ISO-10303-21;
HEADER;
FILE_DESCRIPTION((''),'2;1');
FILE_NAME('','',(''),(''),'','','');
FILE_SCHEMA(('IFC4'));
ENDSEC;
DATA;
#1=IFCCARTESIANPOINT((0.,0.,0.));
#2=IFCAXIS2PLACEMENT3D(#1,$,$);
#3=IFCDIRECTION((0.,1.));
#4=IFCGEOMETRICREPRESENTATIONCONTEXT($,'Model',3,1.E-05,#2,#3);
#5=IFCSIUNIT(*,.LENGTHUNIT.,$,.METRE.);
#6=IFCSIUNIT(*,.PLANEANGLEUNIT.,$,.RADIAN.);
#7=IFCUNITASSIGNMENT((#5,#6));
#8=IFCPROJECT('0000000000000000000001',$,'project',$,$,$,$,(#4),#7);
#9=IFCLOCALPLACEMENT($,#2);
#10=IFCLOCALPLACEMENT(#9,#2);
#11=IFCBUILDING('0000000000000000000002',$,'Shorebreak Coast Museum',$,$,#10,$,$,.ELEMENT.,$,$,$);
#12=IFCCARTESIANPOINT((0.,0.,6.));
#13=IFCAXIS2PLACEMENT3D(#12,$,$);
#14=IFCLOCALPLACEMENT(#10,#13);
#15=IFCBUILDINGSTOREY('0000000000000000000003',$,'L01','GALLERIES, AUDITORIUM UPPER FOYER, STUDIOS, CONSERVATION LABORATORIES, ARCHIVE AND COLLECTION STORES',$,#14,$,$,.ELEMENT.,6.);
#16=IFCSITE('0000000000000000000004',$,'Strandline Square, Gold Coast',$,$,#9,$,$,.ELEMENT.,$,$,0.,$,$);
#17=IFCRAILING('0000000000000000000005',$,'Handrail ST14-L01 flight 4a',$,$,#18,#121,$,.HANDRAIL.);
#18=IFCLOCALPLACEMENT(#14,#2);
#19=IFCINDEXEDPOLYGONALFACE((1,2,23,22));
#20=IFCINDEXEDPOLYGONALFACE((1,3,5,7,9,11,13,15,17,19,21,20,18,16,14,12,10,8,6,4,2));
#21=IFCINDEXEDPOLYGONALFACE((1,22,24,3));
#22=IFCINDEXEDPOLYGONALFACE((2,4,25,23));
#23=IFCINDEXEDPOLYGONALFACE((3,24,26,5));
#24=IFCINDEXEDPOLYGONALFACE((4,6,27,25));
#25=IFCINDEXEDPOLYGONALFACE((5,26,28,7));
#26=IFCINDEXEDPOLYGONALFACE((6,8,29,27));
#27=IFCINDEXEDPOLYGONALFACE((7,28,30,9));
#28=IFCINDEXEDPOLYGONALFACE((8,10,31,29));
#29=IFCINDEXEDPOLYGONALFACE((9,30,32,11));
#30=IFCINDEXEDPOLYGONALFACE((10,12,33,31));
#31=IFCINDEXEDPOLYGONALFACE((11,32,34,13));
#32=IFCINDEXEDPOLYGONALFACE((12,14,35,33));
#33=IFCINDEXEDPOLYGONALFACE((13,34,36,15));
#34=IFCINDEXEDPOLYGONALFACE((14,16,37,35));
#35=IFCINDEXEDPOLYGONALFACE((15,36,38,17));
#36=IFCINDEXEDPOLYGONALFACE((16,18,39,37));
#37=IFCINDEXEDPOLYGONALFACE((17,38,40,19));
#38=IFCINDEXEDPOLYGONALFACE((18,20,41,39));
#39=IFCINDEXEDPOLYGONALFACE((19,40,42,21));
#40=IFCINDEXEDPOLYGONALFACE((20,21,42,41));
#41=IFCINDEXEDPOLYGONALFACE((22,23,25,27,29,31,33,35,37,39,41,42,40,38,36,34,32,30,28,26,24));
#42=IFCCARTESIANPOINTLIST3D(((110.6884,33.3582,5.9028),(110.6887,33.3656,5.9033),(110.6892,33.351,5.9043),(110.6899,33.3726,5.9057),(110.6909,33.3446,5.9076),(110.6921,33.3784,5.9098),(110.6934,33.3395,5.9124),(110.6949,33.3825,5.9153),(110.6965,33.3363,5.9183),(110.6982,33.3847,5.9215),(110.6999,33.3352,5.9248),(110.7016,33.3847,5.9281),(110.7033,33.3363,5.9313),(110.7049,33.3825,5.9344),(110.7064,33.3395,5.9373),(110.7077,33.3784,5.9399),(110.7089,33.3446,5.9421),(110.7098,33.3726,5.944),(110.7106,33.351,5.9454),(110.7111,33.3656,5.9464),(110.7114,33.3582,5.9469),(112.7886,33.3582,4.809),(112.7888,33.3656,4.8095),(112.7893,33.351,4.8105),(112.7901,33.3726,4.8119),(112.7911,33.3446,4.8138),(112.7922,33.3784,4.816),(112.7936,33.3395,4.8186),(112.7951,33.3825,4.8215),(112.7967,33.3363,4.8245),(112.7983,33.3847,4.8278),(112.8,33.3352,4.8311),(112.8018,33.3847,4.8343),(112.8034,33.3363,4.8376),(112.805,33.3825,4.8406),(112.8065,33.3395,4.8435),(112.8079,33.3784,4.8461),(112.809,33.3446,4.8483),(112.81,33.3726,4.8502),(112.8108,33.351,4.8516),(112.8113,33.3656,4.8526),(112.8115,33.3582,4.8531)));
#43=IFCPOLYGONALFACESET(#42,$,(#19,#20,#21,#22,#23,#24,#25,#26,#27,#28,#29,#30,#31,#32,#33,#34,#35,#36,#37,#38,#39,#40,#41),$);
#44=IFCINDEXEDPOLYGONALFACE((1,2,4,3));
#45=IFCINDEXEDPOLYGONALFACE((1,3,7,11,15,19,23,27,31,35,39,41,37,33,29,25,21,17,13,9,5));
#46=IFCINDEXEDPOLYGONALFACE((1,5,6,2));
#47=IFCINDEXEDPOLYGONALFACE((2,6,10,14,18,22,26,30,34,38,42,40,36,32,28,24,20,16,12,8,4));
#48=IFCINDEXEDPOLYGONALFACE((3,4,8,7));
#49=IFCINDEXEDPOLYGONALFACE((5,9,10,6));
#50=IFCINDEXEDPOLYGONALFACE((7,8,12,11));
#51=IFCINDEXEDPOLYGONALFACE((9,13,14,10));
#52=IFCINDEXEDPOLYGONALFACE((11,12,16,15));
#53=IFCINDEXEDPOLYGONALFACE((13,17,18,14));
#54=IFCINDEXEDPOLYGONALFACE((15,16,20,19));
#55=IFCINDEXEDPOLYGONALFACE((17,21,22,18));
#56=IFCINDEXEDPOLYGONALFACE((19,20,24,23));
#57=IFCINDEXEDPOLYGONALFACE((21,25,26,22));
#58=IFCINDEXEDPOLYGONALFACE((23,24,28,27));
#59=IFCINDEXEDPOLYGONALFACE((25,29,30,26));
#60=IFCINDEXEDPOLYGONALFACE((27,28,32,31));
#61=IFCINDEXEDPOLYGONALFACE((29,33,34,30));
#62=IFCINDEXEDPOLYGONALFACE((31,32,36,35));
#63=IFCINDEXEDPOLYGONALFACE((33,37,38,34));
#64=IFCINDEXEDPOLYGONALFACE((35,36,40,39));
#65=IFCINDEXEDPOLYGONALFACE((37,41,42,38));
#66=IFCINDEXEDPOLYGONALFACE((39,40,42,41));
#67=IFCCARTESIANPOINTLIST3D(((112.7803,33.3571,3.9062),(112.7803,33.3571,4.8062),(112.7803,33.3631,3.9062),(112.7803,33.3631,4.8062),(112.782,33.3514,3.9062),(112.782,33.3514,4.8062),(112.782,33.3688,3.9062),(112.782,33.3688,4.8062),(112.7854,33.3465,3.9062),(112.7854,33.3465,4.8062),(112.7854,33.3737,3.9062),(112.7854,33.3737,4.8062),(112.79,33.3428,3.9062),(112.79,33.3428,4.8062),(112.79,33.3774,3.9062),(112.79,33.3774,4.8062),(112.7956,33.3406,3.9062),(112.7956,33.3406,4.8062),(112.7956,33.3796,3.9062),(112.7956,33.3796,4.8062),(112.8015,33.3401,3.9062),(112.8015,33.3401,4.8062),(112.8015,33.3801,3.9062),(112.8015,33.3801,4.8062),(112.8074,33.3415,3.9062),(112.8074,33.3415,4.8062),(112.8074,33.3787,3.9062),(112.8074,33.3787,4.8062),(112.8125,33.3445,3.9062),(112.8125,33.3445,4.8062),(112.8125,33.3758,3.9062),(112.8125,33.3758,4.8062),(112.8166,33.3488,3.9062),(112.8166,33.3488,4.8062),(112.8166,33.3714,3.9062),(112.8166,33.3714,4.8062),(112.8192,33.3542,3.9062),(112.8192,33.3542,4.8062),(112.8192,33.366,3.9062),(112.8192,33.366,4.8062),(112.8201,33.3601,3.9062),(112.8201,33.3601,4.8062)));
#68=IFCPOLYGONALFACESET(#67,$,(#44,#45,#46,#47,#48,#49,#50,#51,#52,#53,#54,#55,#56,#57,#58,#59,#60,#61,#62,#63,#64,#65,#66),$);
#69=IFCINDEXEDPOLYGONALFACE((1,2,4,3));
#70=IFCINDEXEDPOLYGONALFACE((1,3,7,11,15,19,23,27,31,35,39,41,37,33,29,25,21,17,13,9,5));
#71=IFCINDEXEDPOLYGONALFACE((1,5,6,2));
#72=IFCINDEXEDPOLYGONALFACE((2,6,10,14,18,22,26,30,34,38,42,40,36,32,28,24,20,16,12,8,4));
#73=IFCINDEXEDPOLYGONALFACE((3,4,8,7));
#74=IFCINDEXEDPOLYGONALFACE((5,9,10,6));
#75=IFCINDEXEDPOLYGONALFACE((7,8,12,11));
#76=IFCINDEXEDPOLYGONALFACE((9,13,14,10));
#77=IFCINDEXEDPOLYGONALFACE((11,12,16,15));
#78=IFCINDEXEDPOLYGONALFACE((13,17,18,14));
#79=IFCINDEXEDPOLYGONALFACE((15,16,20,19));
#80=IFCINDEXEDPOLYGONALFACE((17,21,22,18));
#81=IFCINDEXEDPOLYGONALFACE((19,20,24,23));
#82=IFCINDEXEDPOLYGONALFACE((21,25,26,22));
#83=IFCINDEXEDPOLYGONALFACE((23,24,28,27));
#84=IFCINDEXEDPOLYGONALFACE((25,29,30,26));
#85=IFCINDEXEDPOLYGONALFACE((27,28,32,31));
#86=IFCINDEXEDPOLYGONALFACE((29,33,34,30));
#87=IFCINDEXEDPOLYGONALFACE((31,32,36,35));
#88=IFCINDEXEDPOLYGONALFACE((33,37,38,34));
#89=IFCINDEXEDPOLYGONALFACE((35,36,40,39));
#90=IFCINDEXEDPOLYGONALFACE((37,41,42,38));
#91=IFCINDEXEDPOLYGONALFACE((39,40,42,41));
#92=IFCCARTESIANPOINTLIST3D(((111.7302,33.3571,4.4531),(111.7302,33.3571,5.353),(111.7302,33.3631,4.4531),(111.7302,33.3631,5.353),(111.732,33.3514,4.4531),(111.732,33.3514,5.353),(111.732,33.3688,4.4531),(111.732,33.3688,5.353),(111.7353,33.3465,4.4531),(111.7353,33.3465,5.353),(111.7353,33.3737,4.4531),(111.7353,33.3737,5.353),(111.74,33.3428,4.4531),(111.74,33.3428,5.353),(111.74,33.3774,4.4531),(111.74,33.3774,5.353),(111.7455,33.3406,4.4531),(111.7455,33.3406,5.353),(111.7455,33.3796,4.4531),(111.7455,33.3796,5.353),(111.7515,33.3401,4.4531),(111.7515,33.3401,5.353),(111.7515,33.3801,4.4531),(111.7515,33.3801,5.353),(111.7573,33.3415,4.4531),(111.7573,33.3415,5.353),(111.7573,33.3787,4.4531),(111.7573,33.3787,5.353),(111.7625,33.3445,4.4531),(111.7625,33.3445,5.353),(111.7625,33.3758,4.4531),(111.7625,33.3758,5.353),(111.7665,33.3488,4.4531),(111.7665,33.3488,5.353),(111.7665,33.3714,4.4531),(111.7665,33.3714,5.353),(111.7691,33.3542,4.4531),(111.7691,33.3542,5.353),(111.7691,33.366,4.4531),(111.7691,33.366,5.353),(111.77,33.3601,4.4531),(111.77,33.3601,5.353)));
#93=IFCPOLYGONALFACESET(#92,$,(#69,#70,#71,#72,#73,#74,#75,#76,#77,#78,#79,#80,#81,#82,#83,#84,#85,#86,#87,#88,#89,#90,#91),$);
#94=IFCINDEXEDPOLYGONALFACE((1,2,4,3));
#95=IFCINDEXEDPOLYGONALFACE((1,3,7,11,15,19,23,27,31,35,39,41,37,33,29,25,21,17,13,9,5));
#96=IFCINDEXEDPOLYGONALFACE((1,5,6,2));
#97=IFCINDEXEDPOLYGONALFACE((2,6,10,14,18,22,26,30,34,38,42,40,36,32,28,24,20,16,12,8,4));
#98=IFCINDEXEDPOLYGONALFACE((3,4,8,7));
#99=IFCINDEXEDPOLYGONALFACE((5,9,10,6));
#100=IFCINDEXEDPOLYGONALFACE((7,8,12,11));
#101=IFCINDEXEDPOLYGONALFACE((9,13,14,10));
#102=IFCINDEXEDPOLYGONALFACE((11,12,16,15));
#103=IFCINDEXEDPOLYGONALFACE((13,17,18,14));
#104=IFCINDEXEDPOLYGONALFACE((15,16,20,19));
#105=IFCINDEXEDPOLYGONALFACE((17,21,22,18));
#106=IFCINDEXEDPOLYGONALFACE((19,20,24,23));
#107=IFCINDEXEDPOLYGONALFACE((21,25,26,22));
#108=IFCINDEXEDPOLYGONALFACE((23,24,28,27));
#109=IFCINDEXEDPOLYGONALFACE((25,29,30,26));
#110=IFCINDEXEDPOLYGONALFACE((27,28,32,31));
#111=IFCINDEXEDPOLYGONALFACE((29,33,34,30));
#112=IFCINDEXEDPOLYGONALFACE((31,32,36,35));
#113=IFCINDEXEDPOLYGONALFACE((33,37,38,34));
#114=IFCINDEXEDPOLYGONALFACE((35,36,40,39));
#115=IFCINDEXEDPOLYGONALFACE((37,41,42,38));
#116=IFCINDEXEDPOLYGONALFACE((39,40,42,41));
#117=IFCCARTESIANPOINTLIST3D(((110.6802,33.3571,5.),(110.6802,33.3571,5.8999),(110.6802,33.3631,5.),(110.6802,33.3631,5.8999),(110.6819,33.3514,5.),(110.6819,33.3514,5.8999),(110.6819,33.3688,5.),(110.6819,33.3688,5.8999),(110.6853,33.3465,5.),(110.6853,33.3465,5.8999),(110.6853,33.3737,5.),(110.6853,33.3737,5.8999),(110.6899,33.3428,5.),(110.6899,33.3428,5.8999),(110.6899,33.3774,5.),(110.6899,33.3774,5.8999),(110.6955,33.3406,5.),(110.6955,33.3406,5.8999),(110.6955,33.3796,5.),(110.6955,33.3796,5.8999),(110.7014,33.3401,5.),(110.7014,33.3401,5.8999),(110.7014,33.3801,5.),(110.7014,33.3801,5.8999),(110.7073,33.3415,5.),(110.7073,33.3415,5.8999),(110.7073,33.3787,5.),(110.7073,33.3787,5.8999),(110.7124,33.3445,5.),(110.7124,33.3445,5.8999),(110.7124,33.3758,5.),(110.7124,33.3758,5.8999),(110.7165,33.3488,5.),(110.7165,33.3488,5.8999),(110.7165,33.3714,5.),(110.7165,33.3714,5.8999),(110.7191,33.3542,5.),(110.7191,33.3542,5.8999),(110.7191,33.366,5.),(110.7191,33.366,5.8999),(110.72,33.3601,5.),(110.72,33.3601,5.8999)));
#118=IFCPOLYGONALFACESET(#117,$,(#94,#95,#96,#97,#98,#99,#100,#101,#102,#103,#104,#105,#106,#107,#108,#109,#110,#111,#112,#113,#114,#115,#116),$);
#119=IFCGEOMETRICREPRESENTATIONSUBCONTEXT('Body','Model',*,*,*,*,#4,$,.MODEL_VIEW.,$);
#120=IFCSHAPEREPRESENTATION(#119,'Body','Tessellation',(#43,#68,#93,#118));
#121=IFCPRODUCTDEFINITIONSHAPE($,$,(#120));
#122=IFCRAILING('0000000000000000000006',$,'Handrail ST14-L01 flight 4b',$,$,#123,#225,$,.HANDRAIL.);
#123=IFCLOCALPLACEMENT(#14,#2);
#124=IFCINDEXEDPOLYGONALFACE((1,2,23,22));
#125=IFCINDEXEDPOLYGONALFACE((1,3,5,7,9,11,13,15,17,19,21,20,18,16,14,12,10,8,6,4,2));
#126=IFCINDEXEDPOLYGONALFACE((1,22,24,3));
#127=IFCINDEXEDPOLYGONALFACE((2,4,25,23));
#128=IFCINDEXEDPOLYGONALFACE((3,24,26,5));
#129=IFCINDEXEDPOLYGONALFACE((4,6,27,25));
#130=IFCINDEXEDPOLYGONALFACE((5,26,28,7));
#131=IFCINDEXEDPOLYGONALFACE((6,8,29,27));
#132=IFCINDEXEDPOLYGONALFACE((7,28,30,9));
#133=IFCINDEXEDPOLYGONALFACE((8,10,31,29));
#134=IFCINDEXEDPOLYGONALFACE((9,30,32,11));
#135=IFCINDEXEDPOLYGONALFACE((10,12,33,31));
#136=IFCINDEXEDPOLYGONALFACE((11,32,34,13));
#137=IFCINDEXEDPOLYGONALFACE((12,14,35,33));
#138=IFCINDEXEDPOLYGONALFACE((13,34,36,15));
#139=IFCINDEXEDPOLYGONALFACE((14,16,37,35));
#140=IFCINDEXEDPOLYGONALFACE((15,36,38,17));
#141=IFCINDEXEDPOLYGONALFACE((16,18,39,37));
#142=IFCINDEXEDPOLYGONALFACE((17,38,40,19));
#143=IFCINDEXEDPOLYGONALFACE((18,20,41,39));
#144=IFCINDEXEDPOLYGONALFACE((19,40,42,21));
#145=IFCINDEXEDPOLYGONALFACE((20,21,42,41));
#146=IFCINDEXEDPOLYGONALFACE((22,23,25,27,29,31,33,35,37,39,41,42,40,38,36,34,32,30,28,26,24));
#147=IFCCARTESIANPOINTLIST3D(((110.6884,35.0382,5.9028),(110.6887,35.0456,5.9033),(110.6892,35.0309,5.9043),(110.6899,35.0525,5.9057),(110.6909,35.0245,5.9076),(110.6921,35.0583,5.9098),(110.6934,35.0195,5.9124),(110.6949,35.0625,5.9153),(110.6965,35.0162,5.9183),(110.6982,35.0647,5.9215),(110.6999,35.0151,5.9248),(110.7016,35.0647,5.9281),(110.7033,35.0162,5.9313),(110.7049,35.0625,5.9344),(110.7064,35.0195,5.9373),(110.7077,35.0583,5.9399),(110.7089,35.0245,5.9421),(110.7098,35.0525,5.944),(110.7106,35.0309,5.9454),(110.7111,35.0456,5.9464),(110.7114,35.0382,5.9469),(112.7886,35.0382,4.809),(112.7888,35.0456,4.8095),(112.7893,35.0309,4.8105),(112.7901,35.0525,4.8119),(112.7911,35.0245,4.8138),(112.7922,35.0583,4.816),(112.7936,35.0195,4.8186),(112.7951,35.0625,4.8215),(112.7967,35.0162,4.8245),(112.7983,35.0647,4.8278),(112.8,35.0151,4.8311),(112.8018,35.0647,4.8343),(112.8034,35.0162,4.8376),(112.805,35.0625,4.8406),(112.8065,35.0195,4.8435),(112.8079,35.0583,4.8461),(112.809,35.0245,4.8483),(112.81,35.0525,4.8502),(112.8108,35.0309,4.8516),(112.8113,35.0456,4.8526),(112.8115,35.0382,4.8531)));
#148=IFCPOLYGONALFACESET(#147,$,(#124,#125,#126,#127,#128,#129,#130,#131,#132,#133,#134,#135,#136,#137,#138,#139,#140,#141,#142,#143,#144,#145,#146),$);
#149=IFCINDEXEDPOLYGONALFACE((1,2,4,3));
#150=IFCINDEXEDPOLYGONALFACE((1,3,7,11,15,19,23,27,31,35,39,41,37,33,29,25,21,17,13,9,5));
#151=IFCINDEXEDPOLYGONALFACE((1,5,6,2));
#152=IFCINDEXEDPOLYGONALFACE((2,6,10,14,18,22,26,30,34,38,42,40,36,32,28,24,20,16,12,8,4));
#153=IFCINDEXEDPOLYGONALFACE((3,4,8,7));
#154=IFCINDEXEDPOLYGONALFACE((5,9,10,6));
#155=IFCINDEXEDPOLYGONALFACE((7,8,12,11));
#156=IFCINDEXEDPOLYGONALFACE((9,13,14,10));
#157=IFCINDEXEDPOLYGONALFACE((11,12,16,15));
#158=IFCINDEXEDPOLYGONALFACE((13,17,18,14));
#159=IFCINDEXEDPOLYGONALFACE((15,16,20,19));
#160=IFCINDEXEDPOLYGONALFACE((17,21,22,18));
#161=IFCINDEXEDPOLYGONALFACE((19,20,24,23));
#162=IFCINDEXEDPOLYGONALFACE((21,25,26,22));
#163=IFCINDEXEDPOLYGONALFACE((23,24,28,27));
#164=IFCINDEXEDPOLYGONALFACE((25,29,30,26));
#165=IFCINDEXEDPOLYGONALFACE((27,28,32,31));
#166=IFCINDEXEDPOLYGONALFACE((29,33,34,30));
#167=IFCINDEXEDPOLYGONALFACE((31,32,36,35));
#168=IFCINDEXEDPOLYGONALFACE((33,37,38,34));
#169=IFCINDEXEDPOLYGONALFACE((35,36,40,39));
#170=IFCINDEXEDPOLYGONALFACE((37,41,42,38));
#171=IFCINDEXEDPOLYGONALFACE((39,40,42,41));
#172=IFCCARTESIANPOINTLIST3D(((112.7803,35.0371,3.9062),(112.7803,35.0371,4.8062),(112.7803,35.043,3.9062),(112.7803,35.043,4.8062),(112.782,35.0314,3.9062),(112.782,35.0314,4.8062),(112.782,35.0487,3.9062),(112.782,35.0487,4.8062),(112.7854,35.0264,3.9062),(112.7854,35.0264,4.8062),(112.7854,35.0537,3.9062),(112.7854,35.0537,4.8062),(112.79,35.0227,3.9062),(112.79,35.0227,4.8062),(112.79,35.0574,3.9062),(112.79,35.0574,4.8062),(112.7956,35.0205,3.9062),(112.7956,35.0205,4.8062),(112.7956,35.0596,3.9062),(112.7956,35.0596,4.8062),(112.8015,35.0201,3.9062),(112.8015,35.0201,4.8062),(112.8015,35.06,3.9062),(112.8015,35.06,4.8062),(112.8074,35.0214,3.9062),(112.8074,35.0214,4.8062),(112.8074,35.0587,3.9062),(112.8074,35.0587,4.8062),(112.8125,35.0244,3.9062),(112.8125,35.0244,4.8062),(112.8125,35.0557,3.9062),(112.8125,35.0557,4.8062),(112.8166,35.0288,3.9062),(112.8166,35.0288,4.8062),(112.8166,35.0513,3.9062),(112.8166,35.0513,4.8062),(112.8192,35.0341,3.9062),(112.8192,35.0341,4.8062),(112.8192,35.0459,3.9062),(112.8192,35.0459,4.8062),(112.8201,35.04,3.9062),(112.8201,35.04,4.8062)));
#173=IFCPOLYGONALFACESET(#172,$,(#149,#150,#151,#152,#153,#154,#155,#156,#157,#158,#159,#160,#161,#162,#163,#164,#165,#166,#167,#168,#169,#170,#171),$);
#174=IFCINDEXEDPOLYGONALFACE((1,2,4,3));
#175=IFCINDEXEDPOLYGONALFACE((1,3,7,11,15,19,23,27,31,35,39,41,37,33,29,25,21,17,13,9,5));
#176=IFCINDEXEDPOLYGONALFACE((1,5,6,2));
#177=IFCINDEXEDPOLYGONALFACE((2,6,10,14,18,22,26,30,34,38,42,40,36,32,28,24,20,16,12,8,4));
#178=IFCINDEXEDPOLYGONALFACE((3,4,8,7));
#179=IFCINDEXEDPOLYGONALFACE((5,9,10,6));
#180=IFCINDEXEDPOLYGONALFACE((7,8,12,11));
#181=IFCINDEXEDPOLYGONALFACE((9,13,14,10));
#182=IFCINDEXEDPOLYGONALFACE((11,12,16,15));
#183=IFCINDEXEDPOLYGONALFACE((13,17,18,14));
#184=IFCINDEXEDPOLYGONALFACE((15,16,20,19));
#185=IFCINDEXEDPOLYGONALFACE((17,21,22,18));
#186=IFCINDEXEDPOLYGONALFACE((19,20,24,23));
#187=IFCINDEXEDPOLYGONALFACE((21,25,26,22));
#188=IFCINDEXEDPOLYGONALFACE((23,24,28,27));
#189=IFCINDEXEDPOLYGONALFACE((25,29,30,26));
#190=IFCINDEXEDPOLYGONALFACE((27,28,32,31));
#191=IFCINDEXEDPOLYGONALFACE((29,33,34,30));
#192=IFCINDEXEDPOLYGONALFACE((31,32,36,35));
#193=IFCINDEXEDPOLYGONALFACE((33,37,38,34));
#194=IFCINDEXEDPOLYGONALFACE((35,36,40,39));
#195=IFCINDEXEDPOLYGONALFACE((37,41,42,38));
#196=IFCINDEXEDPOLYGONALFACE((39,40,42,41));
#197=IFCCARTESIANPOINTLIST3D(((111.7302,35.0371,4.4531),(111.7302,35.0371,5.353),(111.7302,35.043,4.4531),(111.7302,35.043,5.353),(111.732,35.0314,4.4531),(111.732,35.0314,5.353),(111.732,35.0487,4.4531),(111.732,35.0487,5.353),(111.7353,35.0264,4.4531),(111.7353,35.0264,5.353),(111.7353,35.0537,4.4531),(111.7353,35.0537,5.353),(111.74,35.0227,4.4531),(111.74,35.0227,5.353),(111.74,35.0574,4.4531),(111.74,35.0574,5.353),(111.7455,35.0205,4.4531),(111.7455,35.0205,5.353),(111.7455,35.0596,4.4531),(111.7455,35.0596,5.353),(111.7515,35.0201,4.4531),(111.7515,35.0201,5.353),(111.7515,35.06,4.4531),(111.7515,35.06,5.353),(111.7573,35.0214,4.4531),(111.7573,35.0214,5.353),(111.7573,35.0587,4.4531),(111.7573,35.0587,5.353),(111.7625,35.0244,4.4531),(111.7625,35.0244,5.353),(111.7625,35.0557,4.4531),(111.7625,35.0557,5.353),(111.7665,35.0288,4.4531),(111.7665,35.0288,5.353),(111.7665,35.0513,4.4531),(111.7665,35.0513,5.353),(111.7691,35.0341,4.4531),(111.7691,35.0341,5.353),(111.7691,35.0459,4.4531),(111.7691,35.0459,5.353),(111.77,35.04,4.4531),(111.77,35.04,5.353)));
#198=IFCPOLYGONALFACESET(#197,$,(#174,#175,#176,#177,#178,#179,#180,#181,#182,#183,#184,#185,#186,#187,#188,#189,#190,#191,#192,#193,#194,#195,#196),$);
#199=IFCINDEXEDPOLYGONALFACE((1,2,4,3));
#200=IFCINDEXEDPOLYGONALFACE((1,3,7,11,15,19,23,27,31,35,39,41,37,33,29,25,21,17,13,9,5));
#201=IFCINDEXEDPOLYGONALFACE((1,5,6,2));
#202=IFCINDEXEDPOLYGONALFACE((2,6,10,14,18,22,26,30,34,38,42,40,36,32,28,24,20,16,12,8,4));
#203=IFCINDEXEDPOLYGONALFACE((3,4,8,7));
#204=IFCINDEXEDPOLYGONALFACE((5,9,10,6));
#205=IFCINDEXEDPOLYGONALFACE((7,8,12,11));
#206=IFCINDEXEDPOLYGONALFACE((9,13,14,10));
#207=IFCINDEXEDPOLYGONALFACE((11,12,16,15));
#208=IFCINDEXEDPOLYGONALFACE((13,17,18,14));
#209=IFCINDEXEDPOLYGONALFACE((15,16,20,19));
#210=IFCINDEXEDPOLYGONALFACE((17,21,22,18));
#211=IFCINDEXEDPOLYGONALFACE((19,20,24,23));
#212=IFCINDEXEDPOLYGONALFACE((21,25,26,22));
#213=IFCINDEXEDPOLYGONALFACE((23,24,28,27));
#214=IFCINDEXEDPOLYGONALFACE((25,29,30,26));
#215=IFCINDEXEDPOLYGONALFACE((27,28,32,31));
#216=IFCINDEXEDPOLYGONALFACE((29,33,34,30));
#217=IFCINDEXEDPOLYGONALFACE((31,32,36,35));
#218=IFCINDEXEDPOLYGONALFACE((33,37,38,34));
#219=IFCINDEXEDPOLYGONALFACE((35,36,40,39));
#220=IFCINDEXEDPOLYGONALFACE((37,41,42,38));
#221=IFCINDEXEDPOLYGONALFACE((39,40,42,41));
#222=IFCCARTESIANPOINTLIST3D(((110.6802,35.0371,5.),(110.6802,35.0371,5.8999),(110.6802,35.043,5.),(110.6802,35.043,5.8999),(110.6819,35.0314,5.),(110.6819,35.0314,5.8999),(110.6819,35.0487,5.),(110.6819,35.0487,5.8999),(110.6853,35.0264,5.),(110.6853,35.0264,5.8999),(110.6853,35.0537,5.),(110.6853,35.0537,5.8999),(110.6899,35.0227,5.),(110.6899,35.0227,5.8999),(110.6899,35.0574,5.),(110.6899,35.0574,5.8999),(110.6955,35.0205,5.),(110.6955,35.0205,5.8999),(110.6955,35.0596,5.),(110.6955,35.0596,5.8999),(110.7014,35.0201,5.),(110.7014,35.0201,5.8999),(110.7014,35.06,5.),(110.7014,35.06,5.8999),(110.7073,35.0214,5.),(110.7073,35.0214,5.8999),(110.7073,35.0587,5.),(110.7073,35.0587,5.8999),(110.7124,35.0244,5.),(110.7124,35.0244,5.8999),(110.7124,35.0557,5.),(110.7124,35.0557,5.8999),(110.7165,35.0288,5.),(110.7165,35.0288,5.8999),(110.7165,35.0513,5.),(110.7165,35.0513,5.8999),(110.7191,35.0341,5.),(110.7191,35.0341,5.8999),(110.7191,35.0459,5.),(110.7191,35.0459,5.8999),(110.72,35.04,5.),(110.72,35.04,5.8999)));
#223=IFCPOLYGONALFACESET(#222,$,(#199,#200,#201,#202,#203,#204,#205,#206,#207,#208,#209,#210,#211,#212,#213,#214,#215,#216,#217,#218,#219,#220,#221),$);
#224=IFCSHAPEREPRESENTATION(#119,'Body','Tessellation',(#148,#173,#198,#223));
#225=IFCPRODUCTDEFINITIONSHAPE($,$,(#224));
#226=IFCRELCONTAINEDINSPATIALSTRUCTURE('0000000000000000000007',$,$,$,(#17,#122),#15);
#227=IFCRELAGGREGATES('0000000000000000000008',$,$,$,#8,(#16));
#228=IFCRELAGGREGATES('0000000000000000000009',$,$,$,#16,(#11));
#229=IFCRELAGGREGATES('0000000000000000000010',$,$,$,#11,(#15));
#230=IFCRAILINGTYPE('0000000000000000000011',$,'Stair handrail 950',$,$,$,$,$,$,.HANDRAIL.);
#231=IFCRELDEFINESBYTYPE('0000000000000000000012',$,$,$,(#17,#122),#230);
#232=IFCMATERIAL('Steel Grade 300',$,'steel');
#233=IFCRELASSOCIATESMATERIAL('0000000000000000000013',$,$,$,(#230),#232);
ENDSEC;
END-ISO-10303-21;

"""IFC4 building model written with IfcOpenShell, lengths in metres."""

from ifc_helpers import new_model, si_unit, direction, frame, origin, origin_2d, place, context, subcontext, project, spatial, circle, extrude, material, type_object, element, save


model = new_model("IFC4")

# Units and contexts
model_context = context("Model", 3, precision=1e-05, world=origin(), true_north=direction((0.0, 1.0)))
body_context = subcontext(model_context, "Body", "Model", "MODEL_VIEW")
ifc_project = project(units=[si_unit("LENGTHUNIT", "METRE"), si_unit("PLANEANGLEUNIT", "RADIAN")], contexts=[model_context])

# Site, building, storey
site_placement = place(None, origin())
site = spatial("IfcSite", under=ifc_project, at=site_placement, Name="Strandline Square, Gold Coast", CompositionType="ELEMENT", RefElevation=0.0)
building_placement = place(site_placement, origin())
building = spatial("IfcBuilding", under=site, at=building_placement, Name="Shorebreak Coast Museum", CompositionType="ELEMENT")
storey_placement = place(building_placement, frame((0.0, 0.0, 6.0)))
storey = spatial("IfcBuildingStorey", under=building, at=storey_placement, Name="L01", Description="GALLERIES, AUDITORIUM UPPER FOYER, STUDIOS, CONSERVATION LABORATORIES, ARCHIVE AND COLLECTION STORES", CompositionType="ELEMENT", Elevation=6.0)

# Railings
ifc_material_1 = material(Name="Steel Grade 300", Category="steel")
railing_type_1 = type_object("IfcRailingType", Name="Stair handrail 950", PredefinedType="HANDRAIL", material=ifc_material_1)
for number, where, name in (
    (1, (112.8, 33.3601, 3.9062), "Handrail ST14-L01 flight 4a"),
    (2, (112.8, 35.04, 3.9062), "Handrail ST14-L01 flight 4b"),
):
    element("IfcRailing", number, at=place(storey_placement, frame(where)), inside=storey, type_object=railing_type_1, Name=name, PredefinedType="HANDRAIL", context=body_context, shape_type="SweptSolid", body=[
        extrude(circle(Radius=0.0249, at=origin_2d()), frame((0.0, 0.0, 0.9248), z_axis=(-0.886923, 0.0, 0.461918), x_axis=(0.0, -1.0, 0.0)), (0.0, 0.0, 1.0), 2.3679),
        extrude(circle(Radius=0.02, at=origin_2d()), origin(), (0.0, 0.0, 1.0), 0.8999),
        extrude(circle(Radius=0.02, at=origin_2d()), frame((-1.05, 0.0, 0.5469)), (0.0, 0.0, 1.0), 0.8999),
        extrude(circle(Radius=0.02, at=origin_2d()), frame((-2.1001, 0.0, 1.0938)), (0.0, 0.0, 1.0), 0.8999),
    ])

save(model, "model.ifc")
